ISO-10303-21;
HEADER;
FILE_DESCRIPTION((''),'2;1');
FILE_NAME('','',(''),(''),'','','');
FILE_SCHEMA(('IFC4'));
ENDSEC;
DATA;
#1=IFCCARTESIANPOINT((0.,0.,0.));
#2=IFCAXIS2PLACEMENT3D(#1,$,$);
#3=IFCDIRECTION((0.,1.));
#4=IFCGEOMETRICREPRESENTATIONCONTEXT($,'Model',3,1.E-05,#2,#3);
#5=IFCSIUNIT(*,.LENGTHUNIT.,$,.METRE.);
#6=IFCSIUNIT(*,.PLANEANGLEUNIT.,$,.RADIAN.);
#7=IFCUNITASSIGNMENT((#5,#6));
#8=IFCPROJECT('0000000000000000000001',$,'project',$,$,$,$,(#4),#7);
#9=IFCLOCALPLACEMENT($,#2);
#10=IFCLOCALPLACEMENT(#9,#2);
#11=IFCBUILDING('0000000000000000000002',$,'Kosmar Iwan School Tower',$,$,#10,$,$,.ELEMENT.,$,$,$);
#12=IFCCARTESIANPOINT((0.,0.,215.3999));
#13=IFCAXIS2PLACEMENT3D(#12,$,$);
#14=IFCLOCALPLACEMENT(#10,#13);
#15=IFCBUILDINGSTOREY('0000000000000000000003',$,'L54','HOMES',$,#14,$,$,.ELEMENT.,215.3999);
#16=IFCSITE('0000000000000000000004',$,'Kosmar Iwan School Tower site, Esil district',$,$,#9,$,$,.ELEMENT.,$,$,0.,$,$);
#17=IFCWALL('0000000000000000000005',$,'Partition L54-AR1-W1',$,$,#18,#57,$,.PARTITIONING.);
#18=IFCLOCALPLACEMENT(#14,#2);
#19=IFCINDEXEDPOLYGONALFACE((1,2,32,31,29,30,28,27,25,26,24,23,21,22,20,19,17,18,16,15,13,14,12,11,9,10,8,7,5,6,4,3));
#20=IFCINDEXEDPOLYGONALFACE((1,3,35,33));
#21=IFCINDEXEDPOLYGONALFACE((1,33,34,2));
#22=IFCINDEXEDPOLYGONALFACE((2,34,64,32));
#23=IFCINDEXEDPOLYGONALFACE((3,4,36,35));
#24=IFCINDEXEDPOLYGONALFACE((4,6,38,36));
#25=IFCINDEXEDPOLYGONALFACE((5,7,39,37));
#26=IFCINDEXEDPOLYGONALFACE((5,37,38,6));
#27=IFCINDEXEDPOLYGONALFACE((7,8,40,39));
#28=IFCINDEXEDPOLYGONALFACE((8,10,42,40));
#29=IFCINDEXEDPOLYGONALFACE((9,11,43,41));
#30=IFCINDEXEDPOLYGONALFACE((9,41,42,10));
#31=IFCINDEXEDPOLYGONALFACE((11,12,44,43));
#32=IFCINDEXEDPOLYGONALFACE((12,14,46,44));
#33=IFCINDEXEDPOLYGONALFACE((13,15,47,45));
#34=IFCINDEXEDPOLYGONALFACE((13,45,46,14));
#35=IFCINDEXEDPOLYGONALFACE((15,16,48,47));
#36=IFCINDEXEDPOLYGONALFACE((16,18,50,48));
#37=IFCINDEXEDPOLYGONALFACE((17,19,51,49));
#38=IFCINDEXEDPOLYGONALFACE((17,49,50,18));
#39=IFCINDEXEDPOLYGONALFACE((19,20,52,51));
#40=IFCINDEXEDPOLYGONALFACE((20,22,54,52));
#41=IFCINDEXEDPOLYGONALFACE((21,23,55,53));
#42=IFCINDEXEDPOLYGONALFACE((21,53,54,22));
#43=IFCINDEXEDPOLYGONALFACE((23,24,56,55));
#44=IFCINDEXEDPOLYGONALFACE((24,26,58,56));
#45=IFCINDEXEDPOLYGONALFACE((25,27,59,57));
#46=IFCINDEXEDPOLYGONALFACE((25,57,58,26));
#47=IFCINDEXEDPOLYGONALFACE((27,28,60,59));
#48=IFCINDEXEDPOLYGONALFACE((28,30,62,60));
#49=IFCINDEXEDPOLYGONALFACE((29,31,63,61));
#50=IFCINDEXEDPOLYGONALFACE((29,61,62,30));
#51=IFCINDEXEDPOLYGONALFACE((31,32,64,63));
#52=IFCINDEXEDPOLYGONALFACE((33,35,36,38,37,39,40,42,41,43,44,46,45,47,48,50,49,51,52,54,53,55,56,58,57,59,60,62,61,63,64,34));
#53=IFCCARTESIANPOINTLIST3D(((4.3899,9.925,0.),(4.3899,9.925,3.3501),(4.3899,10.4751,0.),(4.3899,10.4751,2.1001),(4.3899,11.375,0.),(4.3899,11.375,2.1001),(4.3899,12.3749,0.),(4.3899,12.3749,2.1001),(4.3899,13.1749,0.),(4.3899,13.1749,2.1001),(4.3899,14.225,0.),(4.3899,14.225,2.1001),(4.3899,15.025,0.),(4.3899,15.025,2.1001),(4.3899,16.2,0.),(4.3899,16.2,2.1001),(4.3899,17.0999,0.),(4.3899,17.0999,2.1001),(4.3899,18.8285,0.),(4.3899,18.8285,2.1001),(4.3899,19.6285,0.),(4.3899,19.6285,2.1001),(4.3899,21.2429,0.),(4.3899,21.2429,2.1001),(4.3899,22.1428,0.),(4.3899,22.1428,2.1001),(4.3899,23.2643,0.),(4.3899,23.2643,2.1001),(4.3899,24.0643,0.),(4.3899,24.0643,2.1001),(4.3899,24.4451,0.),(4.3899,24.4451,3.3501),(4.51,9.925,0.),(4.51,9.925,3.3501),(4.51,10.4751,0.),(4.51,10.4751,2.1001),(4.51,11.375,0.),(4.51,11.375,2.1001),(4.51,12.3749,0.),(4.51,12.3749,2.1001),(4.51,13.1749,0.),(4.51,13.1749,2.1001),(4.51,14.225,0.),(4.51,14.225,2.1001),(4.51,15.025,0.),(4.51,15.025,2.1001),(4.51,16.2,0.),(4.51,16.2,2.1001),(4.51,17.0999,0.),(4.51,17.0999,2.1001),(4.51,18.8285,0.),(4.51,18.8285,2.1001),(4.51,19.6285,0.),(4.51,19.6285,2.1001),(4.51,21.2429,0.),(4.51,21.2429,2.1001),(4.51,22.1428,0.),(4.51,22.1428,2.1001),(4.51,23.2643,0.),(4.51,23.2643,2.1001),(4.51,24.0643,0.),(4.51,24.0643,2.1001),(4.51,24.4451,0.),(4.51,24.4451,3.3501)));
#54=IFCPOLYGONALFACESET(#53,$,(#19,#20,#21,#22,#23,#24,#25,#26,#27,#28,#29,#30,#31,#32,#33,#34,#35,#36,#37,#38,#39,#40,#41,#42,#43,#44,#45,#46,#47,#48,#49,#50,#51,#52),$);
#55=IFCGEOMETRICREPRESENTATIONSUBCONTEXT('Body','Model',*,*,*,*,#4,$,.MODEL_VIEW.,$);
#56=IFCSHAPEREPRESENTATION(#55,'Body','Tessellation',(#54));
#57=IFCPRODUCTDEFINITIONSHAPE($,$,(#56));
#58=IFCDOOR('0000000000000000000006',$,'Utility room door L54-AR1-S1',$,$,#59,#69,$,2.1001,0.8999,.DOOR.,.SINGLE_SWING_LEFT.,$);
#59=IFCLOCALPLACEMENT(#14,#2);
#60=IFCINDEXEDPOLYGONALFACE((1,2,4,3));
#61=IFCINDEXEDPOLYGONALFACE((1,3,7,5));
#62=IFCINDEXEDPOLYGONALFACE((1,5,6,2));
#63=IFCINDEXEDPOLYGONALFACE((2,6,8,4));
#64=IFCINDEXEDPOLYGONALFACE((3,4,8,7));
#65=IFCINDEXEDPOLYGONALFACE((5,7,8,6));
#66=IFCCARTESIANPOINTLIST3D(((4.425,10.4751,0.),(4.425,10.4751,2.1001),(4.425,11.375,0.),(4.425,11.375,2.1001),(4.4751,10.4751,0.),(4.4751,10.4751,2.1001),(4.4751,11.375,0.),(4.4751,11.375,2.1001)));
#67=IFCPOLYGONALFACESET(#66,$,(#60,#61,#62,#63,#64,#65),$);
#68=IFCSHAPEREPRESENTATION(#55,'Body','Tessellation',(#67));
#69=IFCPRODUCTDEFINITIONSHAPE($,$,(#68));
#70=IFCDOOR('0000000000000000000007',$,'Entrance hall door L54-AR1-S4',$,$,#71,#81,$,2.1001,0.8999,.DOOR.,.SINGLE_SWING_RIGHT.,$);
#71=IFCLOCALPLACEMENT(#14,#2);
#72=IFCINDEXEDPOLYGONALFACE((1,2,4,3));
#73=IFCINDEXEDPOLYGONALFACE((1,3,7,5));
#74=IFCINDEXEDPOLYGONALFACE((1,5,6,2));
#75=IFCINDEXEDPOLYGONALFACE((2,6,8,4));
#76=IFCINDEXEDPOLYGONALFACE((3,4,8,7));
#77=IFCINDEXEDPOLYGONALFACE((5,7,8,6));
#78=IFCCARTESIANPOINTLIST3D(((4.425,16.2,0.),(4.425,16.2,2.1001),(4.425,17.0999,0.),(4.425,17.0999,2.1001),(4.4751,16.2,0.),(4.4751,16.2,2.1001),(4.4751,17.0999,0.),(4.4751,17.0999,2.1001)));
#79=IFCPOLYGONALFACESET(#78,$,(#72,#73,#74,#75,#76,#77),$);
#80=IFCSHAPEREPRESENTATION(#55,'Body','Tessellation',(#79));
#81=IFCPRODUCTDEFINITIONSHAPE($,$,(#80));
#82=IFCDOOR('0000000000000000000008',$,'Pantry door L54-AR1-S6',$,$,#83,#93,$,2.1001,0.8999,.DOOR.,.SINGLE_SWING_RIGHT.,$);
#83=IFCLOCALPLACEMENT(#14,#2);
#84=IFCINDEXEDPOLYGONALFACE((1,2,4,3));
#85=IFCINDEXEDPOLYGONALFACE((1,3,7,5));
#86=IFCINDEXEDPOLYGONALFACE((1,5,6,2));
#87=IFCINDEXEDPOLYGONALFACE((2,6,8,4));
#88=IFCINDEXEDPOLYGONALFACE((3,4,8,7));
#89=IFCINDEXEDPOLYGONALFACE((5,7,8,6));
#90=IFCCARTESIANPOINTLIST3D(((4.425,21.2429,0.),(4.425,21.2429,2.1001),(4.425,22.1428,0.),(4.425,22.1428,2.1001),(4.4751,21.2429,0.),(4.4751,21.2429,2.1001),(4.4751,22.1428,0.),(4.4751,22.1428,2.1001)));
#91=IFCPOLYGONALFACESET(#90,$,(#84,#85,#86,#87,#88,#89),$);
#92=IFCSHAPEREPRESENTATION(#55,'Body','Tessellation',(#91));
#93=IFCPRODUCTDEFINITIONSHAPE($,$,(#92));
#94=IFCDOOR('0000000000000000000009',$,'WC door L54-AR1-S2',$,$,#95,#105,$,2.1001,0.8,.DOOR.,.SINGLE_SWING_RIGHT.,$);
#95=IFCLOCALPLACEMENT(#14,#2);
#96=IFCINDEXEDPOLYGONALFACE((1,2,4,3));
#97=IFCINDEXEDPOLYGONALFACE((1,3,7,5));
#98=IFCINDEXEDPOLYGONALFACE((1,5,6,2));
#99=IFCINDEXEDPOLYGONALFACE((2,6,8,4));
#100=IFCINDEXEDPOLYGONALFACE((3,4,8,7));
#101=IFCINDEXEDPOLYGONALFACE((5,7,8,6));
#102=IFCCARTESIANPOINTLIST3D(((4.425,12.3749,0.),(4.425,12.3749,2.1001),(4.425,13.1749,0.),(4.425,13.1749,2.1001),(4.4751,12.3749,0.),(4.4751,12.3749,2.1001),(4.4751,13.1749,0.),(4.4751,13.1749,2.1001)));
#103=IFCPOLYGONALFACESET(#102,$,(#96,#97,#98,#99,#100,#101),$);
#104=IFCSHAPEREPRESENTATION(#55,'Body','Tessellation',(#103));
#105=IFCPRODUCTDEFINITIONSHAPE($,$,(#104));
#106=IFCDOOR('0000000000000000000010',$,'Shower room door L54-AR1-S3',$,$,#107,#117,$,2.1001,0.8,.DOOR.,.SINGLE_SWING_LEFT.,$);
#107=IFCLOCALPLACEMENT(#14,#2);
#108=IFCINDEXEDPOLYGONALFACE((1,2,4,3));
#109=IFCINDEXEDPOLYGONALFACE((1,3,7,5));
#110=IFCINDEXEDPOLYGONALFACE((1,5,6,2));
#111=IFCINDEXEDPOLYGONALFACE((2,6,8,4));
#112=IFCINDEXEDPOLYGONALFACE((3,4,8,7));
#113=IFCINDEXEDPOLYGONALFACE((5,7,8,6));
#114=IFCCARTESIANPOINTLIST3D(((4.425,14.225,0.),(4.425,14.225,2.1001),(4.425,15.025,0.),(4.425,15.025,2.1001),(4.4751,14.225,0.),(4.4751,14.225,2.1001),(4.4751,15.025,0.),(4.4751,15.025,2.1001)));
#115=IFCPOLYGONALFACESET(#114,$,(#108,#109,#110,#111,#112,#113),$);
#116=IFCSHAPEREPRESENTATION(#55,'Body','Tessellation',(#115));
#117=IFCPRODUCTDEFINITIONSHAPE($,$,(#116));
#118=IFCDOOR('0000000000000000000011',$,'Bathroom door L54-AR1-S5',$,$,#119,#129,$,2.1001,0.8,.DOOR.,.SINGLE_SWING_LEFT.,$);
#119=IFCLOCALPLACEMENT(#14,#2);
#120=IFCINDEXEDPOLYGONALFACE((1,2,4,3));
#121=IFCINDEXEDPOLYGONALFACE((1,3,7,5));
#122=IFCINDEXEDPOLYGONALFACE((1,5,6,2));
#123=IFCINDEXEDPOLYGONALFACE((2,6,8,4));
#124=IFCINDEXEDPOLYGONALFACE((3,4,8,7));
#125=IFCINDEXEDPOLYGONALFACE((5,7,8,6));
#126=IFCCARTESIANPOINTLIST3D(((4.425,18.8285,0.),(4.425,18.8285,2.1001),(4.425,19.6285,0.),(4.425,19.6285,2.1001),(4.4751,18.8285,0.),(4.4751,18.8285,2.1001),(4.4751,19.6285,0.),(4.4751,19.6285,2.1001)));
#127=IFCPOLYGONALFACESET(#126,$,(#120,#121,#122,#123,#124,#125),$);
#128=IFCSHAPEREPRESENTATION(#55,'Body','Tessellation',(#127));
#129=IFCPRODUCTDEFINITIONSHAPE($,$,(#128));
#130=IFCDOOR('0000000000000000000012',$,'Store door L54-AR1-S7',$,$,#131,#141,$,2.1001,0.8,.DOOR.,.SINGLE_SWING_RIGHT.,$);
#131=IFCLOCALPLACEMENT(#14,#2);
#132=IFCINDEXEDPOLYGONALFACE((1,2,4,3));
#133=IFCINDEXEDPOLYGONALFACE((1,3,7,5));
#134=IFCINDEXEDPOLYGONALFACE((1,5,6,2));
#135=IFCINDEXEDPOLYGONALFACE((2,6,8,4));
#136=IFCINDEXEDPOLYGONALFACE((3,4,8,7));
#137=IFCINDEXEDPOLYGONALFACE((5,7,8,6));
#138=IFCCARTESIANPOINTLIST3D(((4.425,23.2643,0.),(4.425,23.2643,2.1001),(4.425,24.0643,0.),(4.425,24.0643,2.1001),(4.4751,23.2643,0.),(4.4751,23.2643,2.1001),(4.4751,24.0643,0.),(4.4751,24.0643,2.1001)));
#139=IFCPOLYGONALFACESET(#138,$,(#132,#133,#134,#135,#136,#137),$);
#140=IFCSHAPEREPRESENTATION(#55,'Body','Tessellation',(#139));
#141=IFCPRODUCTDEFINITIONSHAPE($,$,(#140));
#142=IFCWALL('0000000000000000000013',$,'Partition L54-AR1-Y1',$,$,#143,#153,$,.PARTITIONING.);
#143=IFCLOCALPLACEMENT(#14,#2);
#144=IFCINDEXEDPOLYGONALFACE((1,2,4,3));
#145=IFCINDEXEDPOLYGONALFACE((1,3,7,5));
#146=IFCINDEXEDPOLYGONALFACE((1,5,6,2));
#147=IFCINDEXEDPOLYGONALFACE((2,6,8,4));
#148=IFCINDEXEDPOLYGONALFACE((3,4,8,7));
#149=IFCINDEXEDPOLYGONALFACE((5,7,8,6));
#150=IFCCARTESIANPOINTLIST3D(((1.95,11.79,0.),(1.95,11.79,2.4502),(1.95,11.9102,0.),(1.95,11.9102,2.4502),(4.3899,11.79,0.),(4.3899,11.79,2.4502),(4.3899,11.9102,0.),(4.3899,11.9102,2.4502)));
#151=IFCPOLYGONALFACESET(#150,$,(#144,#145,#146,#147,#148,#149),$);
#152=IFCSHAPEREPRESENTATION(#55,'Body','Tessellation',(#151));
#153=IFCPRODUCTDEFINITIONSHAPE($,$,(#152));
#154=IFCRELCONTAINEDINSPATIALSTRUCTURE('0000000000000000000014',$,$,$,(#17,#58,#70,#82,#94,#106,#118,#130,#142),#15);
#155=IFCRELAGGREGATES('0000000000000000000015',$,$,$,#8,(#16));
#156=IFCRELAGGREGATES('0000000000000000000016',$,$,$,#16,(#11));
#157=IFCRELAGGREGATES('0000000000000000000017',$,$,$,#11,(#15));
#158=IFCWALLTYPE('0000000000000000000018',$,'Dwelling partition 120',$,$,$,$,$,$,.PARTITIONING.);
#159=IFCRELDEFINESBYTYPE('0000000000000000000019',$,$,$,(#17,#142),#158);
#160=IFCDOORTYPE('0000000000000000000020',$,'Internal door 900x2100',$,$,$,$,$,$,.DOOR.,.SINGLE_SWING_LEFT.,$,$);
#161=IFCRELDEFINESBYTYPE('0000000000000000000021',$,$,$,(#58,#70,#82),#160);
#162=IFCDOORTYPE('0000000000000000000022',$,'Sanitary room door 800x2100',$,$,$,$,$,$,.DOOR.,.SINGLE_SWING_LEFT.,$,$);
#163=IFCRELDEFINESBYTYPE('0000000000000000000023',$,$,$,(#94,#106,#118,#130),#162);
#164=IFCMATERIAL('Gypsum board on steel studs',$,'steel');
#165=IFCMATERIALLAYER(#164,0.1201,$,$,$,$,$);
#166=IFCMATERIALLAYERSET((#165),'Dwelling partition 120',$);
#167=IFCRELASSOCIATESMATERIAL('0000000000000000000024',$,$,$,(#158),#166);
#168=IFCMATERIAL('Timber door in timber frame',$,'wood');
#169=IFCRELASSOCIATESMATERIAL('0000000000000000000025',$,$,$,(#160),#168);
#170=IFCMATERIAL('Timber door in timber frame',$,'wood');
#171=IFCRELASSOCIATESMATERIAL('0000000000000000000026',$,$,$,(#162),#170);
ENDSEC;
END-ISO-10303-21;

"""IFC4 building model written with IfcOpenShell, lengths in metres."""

from ifc_helpers import new_model, si_unit, direction, frame, frame_2d, origin, place, context, subcontext, project, spatial, rectangle, extrude, material, layer, layer_set, type_object, element, fill, save


model = new_model("IFC4")

# Units and contexts
model_context = context("Model", 3, precision=1e-05, world=origin(), true_north=direction((0.0, 1.0)))
body_context = subcontext(model_context, "Body", "Model", "MODEL_VIEW")
ifc_project = project(units=[si_unit("LENGTHUNIT", "METRE"), si_unit("PLANEANGLEUNIT", "RADIAN")], contexts=[model_context])

# Site, building, storey
site_placement = place(None, origin())
site = spatial("IfcSite", under=ifc_project, at=site_placement, Name="Kosmar Iwan School Tower site, Esil district", CompositionType="ELEMENT", RefElevation=0.0)
building_placement = place(site_placement, origin())
building = spatial("IfcBuilding", under=site, at=building_placement, Name="Kosmar Iwan School Tower", CompositionType="ELEMENT")
storey_placement = place(building_placement, frame((0.0, 0.0, 215.3999)))
storey = spatial("IfcBuildingStorey", under=building, at=storey_placement, Name="L54", Description="HOMES", CompositionType="ELEMENT", Elevation=215.3999)

# Wall, openings, doors
ifc_material_1 = material(Name="Gypsum board on steel studs", Category="steel")
ifc_layer_1 = layer(ifc_material_1, 0.1201)
ifc_layer_set_1 = layer_set([ifc_layer_1], Name="Dwelling partition 120")
wall_type_1 = type_object("IfcWallType", Name="Dwelling partition 120", PredefinedType="PARTITIONING", material=ifc_layer_set_1)
wall_1_placement = place(storey_placement, frame((4.45, 9.925, 0.0), z_axis=(0.0, 0.0, 1.0), x_axis=(0.0, 1.0, 0.0)))
wall_1 = element("IfcWall", 1, at=wall_1_placement, inside=storey, type_object=wall_type_1, Name="Partition L54-AR1-W1", PredefinedType="PARTITIONING", context=body_context, shape_type="SweptSolid", body=[
    extrude(rectangle(XDim=14.52, YDim=0.1201, at=frame_2d((7.26, 0.0))), origin(), (0.0, 0.0, 1.0), 3.3501),
])
opening_1_placement = place(wall_1_placement, frame((0.55, 0.0, 0.0)))
opening_1 = element("IfcOpeningElement", 2, at=opening_1_placement, cuts=wall_1, PredefinedType="OPENING", context=body_context, shape_type="SweptSolid", body=[
    extrude(rectangle(XDim=0.8999, YDim=2.1001, at=frame_2d((0.45, 1.05))), frame((0.0, 0.072, 0.0), z_axis=(0.0, -1.0, 0.0), x_axis=(1.0, 0.0, 0.0)), (0.0, 0.0, 1.0), 0.144),
])
opening_2_placement = place(wall_1_placement, frame((2.45, 0.0, 0.0)))
opening_2 = element("IfcOpeningElement", 3, at=opening_2_placement, cuts=wall_1, PredefinedType="OPENING", context=body_context, shape_type="SweptSolid", body=[
    extrude(rectangle(XDim=0.8, YDim=2.1001, at=frame_2d((0.3999, 1.05))), frame((0.0, 0.072, 0.0), z_axis=(0.0, -1.0, 0.0), x_axis=(1.0, 0.0, 0.0)), (0.0, 0.0, 1.0), 0.144),
])
opening_3_placement = place(wall_1_placement, frame((4.3, 0.0, 0.0)))
opening_3 = element("IfcOpeningElement", 4, at=opening_3_placement, cuts=wall_1, PredefinedType="OPENING", context=body_context, shape_type="SweptSolid", body=[
    extrude(rectangle(XDim=0.8, YDim=2.1001, at=frame_2d((0.3999, 1.05))), frame((0.0, 0.072, 0.0), z_axis=(0.0, -1.0, 0.0), x_axis=(1.0, 0.0, 0.0)), (0.0, 0.0, 1.0), 0.144),
])
opening_4_placement = place(wall_1_placement, frame((6.2749, 0.0, 0.0)))
opening_4 = element("IfcOpeningElement", 5, at=opening_4_placement, cuts=wall_1, PredefinedType="OPENING", context=body_context, shape_type="SweptSolid", body=[
    extrude(rectangle(XDim=0.8999, YDim=2.1001, at=frame_2d((0.45, 1.05))), frame((0.0, 0.072, 0.0), z_axis=(0.0, -1.0, 0.0), x_axis=(1.0, 0.0, 0.0)), (0.0, 0.0, 1.0), 0.144),
])
opening_5_placement = place(wall_1_placement, frame((8.9036, 0.0, 0.0)))
opening_5 = element("IfcOpeningElement", 6, at=opening_5_placement, cuts=wall_1, PredefinedType="OPENING", context=body_context, shape_type="SweptSolid", body=[
    extrude(rectangle(XDim=0.8, YDim=2.1001, at=frame_2d((0.3999, 1.05))), frame((0.0, 0.072, 0.0), z_axis=(0.0, -1.0, 0.0), x_axis=(1.0, 0.0, 0.0)), (0.0, 0.0, 1.0), 0.144),
])
opening_6_placement = place(wall_1_placement, frame((11.3179, 0.0, 0.0)))
opening_6 = element("IfcOpeningElement", 7, at=opening_6_placement, cuts=wall_1, PredefinedType="OPENING", context=body_context, shape_type="SweptSolid", body=[
    extrude(rectangle(XDim=0.8999, YDim=2.1001, at=frame_2d((0.45, 1.05))), frame((0.0, 0.072, 0.0), z_axis=(0.0, -1.0, 0.0), x_axis=(1.0, 0.0, 0.0)), (0.0, 0.0, 1.0), 0.144),
])
opening_7_placement = place(wall_1_placement, frame((13.3394, 0.0, 0.0)))
opening_7 = element("IfcOpeningElement", 8, at=opening_7_placement, cuts=wall_1, PredefinedType="OPENING", context=body_context, shape_type="SweptSolid", body=[
    extrude(rectangle(XDim=0.8, YDim=2.1001, at=frame_2d((0.3999, 1.05))), frame((0.0, 0.072, 0.0), z_axis=(0.0, -1.0, 0.0), x_axis=(1.0, 0.0, 0.0)), (0.0, 0.0, 1.0), 0.144),
])
ifc_material_2 = material(Name="Timber door in timber frame", Category="wood")
door_type_1 = type_object("IfcDoorType", Name="Internal door 900x2100", OperationType="SINGLE_SWING_LEFT", PredefinedType="DOOR", material=ifc_material_2)
door_1_placement = place(opening_1_placement, origin())
door_1 = element("IfcDoor", 9, at=door_1_placement, inside=storey, type_object=door_type_1, Name="Utility room door L54-AR1-S1", OperationType="SINGLE_SWING_LEFT", OverallHeight=2.1001, OverallWidth=0.8999, PredefinedType="DOOR", context=body_context, shape_type="SweptSolid", body=[
    extrude(rectangle(XDim=0.8999, YDim=2.1001, at=frame_2d((0.45, 1.05))), frame((0.0, 0.0249, 0.0), z_axis=(0.0, -1.0, 0.0), x_axis=(1.0, 0.0, 0.0)), (0.0, 0.0, 1.0), 0.05),
])
fill(opening_1, door_1)
door_2_placement = place(opening_4_placement, origin())
door_2 = element("IfcDoor", 10, at=door_2_placement, inside=storey, type_object=door_type_1, Name="Entrance hall door L54-AR1-S4", OperationType="SINGLE_SWING_RIGHT", OverallHeight=2.1001, OverallWidth=0.8999, PredefinedType="DOOR", context=body_context, shape_type="SweptSolid", body=[
    extrude(rectangle(XDim=0.8999, YDim=2.1001, at=frame_2d((0.45, 1.05))), frame((0.0, 0.0249, 0.0), z_axis=(0.0, -1.0, 0.0), x_axis=(1.0, 0.0, 0.0)), (0.0, 0.0, 1.0), 0.05),
])
fill(opening_4, door_2)
door_3_placement = place(opening_6_placement, origin())
door_3 = element("IfcDoor", 11, at=door_3_placement, inside=storey, type_object=door_type_1, Name="Pantry door L54-AR1-S6", OperationType="SINGLE_SWING_RIGHT", OverallHeight=2.1001, OverallWidth=0.8999, PredefinedType="DOOR", context=body_context, shape_type="SweptSolid", body=[
    extrude(rectangle(XDim=0.8999, YDim=2.1001, at=frame_2d((0.45, 1.05))), frame((0.0, 0.0249, 0.0), z_axis=(0.0, -1.0, 0.0), x_axis=(1.0, 0.0, 0.0)), (0.0, 0.0, 1.0), 0.05),
])
fill(opening_6, door_3)
ifc_material_3 = material(Name="Timber door in timber frame", Category="wood")
door_type_2 = type_object("IfcDoorType", Name="Sanitary room door 800x2100", OperationType="SINGLE_SWING_LEFT", PredefinedType="DOOR", material=ifc_material_3)
door_4_placement = place(opening_2_placement, origin())
door_4 = element("IfcDoor", 12, at=door_4_placement, inside=storey, type_object=door_type_2, Name="WC door L54-AR1-S2", OperationType="SINGLE_SWING_RIGHT", OverallHeight=2.1001, OverallWidth=0.8, PredefinedType="DOOR", context=body_context, shape_type="SweptSolid", body=[
    extrude(rectangle(XDim=0.8, YDim=2.1001, at=frame_2d((0.3999, 1.05))), frame((0.0, 0.0249, 0.0), z_axis=(0.0, -1.0, 0.0), x_axis=(1.0, 0.0, 0.0)), (0.0, 0.0, 1.0), 0.05),
])
fill(opening_2, door_4)
door_5_placement = place(opening_3_placement, origin())
door_5 = element("IfcDoor", 13, at=door_5_placement, inside=storey, type_object=door_type_2, Name="Shower room door L54-AR1-S3", OperationType="SINGLE_SWING_LEFT", OverallHeight=2.1001, OverallWidth=0.8, PredefinedType="DOOR", context=body_context, shape_type="SweptSolid", body=[
    extrude(rectangle(XDim=0.8, YDim=2.1001, at=frame_2d((0.3999, 1.05))), frame((0.0, 0.0249, 0.0), z_axis=(0.0, -1.0, 0.0), x_axis=(1.0, 0.0, 0.0)), (0.0, 0.0, 1.0), 0.05),
])
fill(opening_3, door_5)
door_6_placement = place(opening_5_placement, origin())
door_6 = element("IfcDoor", 14, at=door_6_placement, inside=storey, type_object=door_type_2, Name="Bathroom door L54-AR1-S5", OperationType="SINGLE_SWING_LEFT", OverallHeight=2.1001, OverallWidth=0.8, PredefinedType="DOOR", context=body_context, shape_type="SweptSolid", body=[
    extrude(rectangle(XDim=0.8, YDim=2.1001, at=frame_2d((0.3999, 1.05))), frame((0.0, 0.0249, 0.0), z_axis=(0.0, -1.0, 0.0), x_axis=(1.0, 0.0, 0.0)), (0.0, 0.0, 1.0), 0.05),
])
fill(opening_5, door_6)
door_7_placement = place(opening_7_placement, origin())
door_7 = element("IfcDoor", 15, at=door_7_placement, inside=storey, type_object=door_type_2, Name="Store door L54-AR1-S7", OperationType="SINGLE_SWING_RIGHT", OverallHeight=2.1001, OverallWidth=0.8, PredefinedType="DOOR", context=body_context, shape_type="SweptSolid", body=[
    extrude(rectangle(XDim=0.8, YDim=2.1001, at=frame_2d((0.3999, 1.05))), frame((0.0, 0.0249, 0.0), z_axis=(0.0, -1.0, 0.0), x_axis=(1.0, 0.0, 0.0)), (0.0, 0.0, 1.0), 0.05),
])
fill(opening_7, door_7)

# Wall
wall_2_placement = place(storey_placement, frame((1.95, 11.8501, 0.0), z_axis=(0.0, 0.0, 1.0), x_axis=(1.0, 0.0, 0.0)))
element("IfcWall", 16, at=wall_2_placement, inside=storey, type_object=wall_type_1, Name="Partition L54-AR1-Y1", PredefinedType="PARTITIONING", context=body_context, shape_type="SweptSolid", body=[
    extrude(rectangle(XDim=2.4399, YDim=0.1201, at=frame_2d((1.22, 0.0))), origin(), (0.0, 0.0, 1.0), 2.4502),
])

save(model, "model.ifc")
